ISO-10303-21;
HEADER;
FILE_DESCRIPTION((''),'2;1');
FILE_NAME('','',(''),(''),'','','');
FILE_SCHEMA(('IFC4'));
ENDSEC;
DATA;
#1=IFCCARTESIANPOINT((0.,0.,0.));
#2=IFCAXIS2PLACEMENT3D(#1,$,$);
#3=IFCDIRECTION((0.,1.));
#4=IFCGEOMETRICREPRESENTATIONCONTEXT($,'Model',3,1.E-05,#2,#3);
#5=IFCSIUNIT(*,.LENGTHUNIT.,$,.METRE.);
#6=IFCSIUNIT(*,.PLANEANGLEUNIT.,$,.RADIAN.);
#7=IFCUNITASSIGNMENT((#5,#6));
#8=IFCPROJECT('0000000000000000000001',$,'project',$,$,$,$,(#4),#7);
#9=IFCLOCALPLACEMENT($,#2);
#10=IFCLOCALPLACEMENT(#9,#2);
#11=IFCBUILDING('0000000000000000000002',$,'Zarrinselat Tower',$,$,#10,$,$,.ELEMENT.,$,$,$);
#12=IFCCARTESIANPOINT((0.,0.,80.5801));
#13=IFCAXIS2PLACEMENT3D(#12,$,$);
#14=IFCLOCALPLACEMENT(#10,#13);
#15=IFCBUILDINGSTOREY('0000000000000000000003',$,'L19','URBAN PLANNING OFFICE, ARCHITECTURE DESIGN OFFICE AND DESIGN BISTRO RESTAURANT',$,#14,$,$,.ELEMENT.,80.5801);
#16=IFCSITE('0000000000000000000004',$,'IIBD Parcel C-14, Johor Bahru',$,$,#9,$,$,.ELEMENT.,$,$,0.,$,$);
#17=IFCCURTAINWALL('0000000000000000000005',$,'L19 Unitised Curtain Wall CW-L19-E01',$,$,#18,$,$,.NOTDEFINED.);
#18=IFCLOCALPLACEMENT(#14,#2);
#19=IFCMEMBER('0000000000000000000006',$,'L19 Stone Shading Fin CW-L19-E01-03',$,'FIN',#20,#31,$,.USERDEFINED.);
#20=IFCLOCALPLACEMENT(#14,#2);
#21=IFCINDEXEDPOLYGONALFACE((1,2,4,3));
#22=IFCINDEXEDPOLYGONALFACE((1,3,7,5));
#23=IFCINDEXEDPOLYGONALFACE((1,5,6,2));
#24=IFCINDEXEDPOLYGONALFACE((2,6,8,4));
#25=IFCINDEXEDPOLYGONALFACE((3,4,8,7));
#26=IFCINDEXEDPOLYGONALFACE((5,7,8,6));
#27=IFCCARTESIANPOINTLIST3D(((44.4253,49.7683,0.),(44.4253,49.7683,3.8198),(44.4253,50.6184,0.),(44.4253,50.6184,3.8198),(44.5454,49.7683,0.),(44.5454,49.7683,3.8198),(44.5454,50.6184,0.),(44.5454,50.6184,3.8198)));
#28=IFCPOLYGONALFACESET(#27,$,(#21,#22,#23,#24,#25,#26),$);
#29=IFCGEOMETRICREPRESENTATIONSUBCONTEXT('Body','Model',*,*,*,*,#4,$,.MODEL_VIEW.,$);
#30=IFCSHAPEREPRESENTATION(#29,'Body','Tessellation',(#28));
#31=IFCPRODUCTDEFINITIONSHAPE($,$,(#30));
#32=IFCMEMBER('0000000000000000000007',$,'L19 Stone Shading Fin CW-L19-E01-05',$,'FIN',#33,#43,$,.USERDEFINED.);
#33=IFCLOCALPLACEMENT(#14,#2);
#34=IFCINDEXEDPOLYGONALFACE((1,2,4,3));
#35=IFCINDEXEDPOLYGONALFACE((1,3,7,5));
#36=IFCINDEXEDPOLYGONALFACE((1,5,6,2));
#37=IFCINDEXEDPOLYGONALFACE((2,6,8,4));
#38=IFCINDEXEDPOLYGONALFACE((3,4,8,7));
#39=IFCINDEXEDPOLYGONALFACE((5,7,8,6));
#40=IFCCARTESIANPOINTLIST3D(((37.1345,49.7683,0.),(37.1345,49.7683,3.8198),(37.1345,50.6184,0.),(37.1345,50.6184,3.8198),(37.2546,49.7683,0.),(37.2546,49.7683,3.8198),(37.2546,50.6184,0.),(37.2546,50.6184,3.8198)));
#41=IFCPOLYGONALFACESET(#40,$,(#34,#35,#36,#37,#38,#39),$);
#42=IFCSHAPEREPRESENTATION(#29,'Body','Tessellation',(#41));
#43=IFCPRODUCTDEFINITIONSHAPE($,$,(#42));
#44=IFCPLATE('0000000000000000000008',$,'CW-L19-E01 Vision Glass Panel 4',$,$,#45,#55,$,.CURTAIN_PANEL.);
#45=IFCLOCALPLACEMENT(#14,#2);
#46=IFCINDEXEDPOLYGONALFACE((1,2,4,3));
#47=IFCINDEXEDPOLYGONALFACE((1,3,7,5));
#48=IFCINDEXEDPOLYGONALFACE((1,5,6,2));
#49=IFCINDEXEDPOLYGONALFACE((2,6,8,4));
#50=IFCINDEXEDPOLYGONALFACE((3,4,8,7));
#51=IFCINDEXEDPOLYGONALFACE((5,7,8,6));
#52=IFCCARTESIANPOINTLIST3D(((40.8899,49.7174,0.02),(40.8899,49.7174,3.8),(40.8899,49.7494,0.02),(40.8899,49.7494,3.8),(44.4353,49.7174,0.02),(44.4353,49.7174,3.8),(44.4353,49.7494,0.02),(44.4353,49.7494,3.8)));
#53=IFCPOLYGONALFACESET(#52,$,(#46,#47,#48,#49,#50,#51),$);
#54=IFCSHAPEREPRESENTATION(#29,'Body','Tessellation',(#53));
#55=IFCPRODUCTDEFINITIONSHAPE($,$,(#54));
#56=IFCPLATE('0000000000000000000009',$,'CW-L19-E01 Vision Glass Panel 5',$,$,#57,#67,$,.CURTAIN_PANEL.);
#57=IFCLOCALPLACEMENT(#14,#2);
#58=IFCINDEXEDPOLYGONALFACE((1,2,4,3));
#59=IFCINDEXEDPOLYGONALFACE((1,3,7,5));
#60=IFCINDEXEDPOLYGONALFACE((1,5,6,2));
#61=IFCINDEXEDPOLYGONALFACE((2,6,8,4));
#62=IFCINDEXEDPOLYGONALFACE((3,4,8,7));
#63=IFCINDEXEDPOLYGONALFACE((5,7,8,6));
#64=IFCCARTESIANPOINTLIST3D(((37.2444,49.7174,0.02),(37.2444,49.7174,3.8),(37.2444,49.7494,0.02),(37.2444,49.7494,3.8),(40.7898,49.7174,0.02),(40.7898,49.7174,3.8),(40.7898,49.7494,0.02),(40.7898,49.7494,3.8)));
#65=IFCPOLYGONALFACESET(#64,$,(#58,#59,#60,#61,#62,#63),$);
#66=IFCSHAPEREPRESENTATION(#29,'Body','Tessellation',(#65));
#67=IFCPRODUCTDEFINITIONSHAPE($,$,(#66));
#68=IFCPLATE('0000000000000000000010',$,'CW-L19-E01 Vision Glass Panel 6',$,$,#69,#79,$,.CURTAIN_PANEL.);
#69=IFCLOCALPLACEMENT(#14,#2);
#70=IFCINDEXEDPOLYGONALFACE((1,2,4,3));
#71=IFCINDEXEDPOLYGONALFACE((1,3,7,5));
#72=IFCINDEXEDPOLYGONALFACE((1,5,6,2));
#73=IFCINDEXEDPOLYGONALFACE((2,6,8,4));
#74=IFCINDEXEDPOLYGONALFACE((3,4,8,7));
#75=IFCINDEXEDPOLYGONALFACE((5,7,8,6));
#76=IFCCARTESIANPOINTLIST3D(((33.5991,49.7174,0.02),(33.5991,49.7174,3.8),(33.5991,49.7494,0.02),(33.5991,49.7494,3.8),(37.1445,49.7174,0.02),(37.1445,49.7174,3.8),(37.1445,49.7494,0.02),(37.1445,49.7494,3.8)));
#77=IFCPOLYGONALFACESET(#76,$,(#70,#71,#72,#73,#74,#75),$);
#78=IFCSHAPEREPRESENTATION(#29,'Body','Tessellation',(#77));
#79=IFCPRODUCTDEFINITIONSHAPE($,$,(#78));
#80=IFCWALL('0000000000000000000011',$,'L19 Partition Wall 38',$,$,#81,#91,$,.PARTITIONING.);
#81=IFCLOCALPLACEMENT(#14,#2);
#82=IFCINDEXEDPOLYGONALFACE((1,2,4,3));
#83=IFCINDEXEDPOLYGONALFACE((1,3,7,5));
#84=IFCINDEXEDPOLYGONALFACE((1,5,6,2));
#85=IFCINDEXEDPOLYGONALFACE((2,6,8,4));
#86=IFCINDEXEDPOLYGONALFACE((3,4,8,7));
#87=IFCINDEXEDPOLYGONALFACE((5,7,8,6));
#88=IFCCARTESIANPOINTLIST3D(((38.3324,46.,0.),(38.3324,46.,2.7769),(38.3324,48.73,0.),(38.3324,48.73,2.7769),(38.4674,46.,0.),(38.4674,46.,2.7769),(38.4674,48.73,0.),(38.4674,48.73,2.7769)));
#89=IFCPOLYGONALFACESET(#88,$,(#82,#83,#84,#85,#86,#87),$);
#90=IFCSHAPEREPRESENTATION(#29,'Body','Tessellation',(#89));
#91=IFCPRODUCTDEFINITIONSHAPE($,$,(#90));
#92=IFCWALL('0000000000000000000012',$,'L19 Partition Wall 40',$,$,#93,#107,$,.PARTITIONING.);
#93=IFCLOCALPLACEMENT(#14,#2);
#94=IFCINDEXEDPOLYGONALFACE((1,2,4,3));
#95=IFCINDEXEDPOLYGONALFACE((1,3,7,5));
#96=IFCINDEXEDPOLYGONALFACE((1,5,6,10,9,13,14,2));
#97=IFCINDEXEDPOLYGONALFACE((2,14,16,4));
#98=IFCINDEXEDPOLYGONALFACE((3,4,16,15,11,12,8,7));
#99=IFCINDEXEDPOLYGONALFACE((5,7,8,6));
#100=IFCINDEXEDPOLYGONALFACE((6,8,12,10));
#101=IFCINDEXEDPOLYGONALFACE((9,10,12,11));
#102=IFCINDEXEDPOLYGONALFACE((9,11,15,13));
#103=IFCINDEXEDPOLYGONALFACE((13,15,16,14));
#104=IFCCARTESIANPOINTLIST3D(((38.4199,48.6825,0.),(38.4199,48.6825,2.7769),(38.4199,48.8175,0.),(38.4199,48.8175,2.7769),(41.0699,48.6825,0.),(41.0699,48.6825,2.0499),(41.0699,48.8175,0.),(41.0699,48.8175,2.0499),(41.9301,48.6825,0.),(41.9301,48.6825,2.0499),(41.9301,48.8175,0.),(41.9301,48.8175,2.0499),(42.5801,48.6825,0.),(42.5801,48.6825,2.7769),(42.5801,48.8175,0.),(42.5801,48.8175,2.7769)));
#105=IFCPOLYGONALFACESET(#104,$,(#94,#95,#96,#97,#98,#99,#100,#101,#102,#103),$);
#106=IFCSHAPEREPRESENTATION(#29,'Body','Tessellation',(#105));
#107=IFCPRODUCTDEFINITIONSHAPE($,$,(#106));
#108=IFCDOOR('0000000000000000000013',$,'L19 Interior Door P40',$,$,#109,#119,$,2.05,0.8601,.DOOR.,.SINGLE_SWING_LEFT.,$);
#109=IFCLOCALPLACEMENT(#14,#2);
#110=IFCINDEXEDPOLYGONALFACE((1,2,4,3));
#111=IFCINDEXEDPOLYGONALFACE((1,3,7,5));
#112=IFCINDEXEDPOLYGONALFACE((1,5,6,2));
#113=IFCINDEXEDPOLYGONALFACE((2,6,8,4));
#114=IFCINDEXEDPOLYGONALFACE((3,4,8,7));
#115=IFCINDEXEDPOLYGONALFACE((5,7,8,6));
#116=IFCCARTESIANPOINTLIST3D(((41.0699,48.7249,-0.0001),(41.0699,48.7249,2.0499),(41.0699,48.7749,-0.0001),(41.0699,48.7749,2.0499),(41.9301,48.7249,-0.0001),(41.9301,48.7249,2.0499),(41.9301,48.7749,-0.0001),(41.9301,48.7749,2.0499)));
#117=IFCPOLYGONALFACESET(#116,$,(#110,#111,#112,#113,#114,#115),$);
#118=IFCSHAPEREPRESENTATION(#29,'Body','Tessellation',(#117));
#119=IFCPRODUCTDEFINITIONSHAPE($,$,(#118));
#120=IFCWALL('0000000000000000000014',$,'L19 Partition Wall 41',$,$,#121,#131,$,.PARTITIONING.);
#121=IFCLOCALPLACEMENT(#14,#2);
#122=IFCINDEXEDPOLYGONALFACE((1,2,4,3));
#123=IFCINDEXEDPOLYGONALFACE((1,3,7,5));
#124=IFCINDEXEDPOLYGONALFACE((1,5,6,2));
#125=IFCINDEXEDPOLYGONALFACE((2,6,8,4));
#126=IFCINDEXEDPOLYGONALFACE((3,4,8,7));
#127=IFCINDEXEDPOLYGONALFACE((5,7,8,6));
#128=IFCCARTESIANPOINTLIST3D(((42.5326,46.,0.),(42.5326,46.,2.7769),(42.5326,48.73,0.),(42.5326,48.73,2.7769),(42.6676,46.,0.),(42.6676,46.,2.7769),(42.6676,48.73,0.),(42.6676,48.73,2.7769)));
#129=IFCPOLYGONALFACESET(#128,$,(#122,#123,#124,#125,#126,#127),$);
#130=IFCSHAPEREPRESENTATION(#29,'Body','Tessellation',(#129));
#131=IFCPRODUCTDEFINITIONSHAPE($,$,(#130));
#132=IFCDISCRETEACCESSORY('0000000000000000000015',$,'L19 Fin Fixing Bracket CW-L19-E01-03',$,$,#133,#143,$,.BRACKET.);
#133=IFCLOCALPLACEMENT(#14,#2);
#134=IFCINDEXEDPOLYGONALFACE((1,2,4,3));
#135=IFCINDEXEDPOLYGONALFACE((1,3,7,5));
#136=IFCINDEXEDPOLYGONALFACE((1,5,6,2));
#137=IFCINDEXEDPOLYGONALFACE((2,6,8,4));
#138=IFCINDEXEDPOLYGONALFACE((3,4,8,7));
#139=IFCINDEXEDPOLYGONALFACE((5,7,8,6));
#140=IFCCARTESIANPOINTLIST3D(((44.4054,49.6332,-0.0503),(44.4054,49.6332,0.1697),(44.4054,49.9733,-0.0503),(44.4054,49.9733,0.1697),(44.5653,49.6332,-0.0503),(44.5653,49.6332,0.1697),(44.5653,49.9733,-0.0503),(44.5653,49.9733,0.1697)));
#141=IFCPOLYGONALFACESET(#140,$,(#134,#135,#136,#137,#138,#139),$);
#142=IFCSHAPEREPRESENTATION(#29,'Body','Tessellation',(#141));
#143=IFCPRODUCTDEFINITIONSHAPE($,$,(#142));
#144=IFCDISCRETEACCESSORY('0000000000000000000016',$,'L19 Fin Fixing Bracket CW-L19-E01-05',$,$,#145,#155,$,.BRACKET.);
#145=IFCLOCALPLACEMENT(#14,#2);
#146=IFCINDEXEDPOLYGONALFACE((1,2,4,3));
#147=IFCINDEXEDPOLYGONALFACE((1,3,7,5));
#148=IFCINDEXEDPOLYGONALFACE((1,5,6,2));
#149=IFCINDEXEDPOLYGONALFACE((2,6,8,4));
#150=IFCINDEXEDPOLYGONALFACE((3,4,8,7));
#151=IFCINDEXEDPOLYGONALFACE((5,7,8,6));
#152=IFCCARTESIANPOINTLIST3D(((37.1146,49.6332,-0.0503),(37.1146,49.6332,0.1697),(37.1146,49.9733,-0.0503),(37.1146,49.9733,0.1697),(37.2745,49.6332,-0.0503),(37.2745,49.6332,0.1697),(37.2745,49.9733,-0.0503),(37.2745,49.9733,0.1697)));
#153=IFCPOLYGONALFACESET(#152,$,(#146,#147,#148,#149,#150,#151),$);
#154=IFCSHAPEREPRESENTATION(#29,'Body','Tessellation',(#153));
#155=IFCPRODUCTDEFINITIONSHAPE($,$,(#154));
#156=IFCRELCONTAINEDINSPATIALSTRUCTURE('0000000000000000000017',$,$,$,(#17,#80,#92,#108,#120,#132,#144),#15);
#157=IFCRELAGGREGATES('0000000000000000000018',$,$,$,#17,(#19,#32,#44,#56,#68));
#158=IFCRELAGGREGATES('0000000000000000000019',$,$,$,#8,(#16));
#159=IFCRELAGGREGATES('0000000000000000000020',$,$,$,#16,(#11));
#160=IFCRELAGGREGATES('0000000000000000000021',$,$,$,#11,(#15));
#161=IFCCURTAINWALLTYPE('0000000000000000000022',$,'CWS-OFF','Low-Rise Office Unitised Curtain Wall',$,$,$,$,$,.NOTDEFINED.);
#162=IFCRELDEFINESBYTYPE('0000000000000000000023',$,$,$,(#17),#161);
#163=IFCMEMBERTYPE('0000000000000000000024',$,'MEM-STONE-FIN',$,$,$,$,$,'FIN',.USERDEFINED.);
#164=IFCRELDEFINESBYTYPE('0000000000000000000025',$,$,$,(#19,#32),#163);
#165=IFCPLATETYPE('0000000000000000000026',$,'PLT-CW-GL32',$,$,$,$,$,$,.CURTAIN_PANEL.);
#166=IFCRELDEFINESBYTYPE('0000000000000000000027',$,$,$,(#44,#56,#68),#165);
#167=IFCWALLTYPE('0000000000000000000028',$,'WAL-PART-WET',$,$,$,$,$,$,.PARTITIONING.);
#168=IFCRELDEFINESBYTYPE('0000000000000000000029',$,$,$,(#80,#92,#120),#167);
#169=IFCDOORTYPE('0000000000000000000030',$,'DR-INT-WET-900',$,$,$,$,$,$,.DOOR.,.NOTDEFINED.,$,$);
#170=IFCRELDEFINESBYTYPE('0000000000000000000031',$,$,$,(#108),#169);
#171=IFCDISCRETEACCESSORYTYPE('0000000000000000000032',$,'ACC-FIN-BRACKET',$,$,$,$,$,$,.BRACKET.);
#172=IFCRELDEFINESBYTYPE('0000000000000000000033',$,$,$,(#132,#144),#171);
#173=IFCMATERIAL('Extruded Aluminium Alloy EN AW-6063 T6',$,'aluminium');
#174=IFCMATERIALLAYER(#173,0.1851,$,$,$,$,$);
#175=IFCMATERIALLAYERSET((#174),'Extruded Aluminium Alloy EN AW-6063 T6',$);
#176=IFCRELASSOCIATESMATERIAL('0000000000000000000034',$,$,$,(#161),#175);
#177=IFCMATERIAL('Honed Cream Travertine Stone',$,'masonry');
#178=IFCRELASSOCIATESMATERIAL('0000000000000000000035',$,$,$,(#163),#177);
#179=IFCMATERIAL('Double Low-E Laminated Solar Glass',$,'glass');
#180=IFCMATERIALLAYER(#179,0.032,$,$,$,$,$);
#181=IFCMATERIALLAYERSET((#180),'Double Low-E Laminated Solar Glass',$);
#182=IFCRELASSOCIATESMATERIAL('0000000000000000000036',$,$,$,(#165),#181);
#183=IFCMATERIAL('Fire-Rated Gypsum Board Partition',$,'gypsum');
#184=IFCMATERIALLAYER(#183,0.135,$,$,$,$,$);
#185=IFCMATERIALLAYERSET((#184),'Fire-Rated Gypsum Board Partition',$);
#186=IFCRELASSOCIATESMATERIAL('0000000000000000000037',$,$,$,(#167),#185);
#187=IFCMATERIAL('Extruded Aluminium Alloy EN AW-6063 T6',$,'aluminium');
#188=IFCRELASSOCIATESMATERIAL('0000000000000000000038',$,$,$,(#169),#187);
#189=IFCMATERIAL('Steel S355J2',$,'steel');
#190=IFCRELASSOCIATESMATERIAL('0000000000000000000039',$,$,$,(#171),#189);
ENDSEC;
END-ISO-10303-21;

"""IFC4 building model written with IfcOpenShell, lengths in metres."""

from ifc_helpers import new_model, si_unit, direction, frame, frame_2d, origin, origin_2d, place, context, subcontext, project, spatial, rectangle, extrude, material, layer, layer_set, material_profile, profile_set, type_object, element, fill, aggregate, save


model = new_model("IFC4")

# Units and contexts
model_context = context("Model", 3, precision=1e-05, world=origin(), true_north=direction((0.0, 1.0)))
body_context = subcontext(model_context, "Body", "Model", "MODEL_VIEW")
ifc_project = project(units=[si_unit("LENGTHUNIT", "METRE"), si_unit("PLANEANGLEUNIT", "RADIAN")], contexts=[model_context])

# Site, building, storey
site_placement = place(None, origin())
site = spatial("IfcSite", under=ifc_project, at=site_placement, Name="IIBD Parcel C-14, Johor Bahru", CompositionType="ELEMENT", RefElevation=0.0)
building_placement = place(site_placement, origin())
building = spatial("IfcBuilding", under=site, at=building_placement, Name="Zarrinselat Tower", CompositionType="ELEMENT")
storey_placement = place(building_placement, frame((0.0, 0.0, 80.5801)))
storey = spatial("IfcBuildingStorey", under=building, at=storey_placement, Name="L19", Description="URBAN PLANNING OFFICE, ARCHITECTURE DESIGN OFFICE AND DESIGN BISTRO RESTAURANT", CompositionType="ELEMENT", Elevation=80.5801)

# Curtain wall, members, plates
ifc_material_1 = material(Name="Extruded Aluminium Alloy EN AW-6063 T6", Category="aluminium")
ifc_layer_1 = layer(ifc_material_1, 0.1851)
ifc_layer_set_1 = layer_set([ifc_layer_1], Name="Extruded Aluminium Alloy EN AW-6063 T6")
curtain_wall_type = type_object("IfcCurtainWallType", Name="CWS-OFF", Description="Low-Rise Office Unitised Curtain Wall", PredefinedType="NOTDEFINED", material=ifc_layer_set_1)
curtain_wall_placement = place(storey_placement, origin())
curtain_wall = element("IfcCurtainWall", 1, at=curtain_wall_placement, inside=storey, type_object=curtain_wall_type, Name="L19 Unitised Curtain Wall CW-L19-E01", PredefinedType="NOTDEFINED")
ifc_material_2 = material(Name="Honed Cream Travertine Stone", Category="masonry")
ifc_material_profile_1 = material_profile(ifc_material_2, rectangle(XDim=0.1201, YDim=0.8501, at=origin_2d()), Name="FIN 850x120")
ifc_profile_set_1 = profile_set([ifc_material_profile_1], Name="Honed Cream Travertine Stone")
member_type_1 = type_object("IfcMemberType", Name="MEM-STONE-FIN", ElementType="FIN", PredefinedType="USERDEFINED", material=ifc_profile_set_1)
member_1_placement = place(storey_placement, frame((44.4854, 50.1934, 0.0), z_axis=(0.0, 0.0, 1.0), x_axis=(1.0, 0.0, 0.0)))
member_1 = element("IfcMember", 2, at=member_1_placement, type_object=member_type_1, Name="L19 Stone Shading Fin CW-L19-E01-03", ObjectType="FIN", PredefinedType="USERDEFINED", context=body_context, shape_type="SweptSolid", body=[
    extrude(rectangle(XDim=0.1201, YDim=0.8501, at=origin_2d()), origin(), (0.0, 0.0, 1.0), 3.8198),
])
member_2_placement = place(storey_placement, frame((37.1946, 50.1934, 0.0), z_axis=(0.0, 0.0, 1.0), x_axis=(1.0, 0.0, 0.0)))
member_2 = element("IfcMember", 3, at=member_2_placement, type_object=member_type_1, Name="L19 Stone Shading Fin CW-L19-E01-05", ObjectType="FIN", PredefinedType="USERDEFINED", context=body_context, shape_type="SweptSolid", body=[
    extrude(rectangle(XDim=0.1201, YDim=0.8501, at=origin_2d()), origin(), (0.0, 0.0, 1.0), 3.8198),
])
ifc_material_3 = material(Name="Double Low-E Laminated Solar Glass", Category="glass")
ifc_layer_2 = layer(ifc_material_3, 0.032)
ifc_layer_set_2 = layer_set([ifc_layer_2], Name="Double Low-E Laminated Solar Glass")
plate_type = type_object("IfcPlateType", Name="PLT-CW-GL32", PredefinedType="CURTAIN_PANEL", material=ifc_layer_set_2)
plate_1_placement = place(storey_placement, frame((42.6626, 49.7334, 0.02), z_axis=(0.0, 0.0, 1.0), x_axis=(-1.0, 0.0, 0.0)))
plate_1 = element("IfcPlate", 4, at=plate_1_placement, type_object=plate_type, Name="CW-L19-E01 Vision Glass Panel 4", PredefinedType="CURTAIN_PANEL", context=body_context, shape_type="SweptSolid", body=[
    extrude(rectangle(XDim=3.5454, YDim=0.032, at=origin_2d()), origin(), (0.0, 0.0, 1.0), 3.78),
])
plate_2_placement = place(storey_placement, frame((39.0171, 49.7334, 0.02), z_axis=(0.0, 0.0, 1.0), x_axis=(-1.0, 0.0, 0.0)))
plate_2 = element("IfcPlate", 5, at=plate_2_placement, type_object=plate_type, Name="CW-L19-E01 Vision Glass Panel 5", PredefinedType="CURTAIN_PANEL", context=body_context, shape_type="SweptSolid", body=[
    extrude(rectangle(XDim=3.5454, YDim=0.032, at=origin_2d()), origin(), (0.0, 0.0, 1.0), 3.78),
])
plate_3_placement = place(storey_placement, frame((35.3718, 49.7334, 0.02), z_axis=(0.0, 0.0, 1.0), x_axis=(-1.0, 0.0, 0.0)))
plate_3 = element("IfcPlate", 6, at=plate_3_placement, type_object=plate_type, Name="CW-L19-E01 Vision Glass Panel 6", PredefinedType="CURTAIN_PANEL", context=body_context, shape_type="SweptSolid", body=[
    extrude(rectangle(XDim=3.5454, YDim=0.032, at=origin_2d()), origin(), (0.0, 0.0, 1.0), 3.78),
])
aggregate(curtain_wall, [member_1, member_2, plate_1, plate_2, plate_3])

# Wall
ifc_material_4 = material(Name="Fire-Rated Gypsum Board Partition", Category="gypsum")
ifc_layer_3 = layer(ifc_material_4, 0.135)
ifc_layer_set_3 = layer_set([ifc_layer_3], Name="Fire-Rated Gypsum Board Partition")
wall_type = type_object("IfcWallType", Name="WAL-PART-WET", PredefinedType="PARTITIONING", material=ifc_layer_set_3)
wall_1_placement = place(storey_placement, frame((38.3999, 46.0, 0.0), z_axis=(0.0, 0.0, 1.0), x_axis=(0.0, 1.0, 0.0)))
element("IfcWall", 7, at=wall_1_placement, inside=storey, type_object=wall_type, Name="L19 Partition Wall 38", PredefinedType="PARTITIONING", context=body_context, shape_type="SweptSolid", body=[
    extrude(rectangle(XDim=2.73, YDim=0.135, at=frame_2d((1.365, 0.0))), origin(), (0.0, 0.0, 1.0), 2.7769),
])

# Wall, opening, door
wall_2_placement = place(storey_placement, frame((38.4199, 48.75, 0.0), z_axis=(0.0, 0.0, 1.0), x_axis=(1.0, 0.0, 0.0)))
wall_2 = element("IfcWall", 8, at=wall_2_placement, inside=storey, type_object=wall_type, Name="L19 Partition Wall 40", PredefinedType="PARTITIONING", context=body_context, shape_type="SweptSolid", body=[
    extrude(rectangle(XDim=4.1602, YDim=0.135, at=frame_2d((2.0801, 0.0))), origin(), (0.0, 0.0, 1.0), 2.7769),
])
opening_placement = place(wall_2_placement, frame((2.6499, 0.0, 0.0)))
opening = element("IfcOpeningElement", 9, at=opening_placement, cuts=wall_2, PredefinedType="OPENING", context=body_context, shape_type="SweptSolid", body=[
    extrude(rectangle(XDim=0.8601, YDim=2.05, at=frame_2d((0.4302, 1.0249))), frame((0.0, 0.0774, 0.0), z_axis=(0.0, -1.0, 0.0), x_axis=(1.0, 0.0, 0.0)), (0.0, 0.0, 1.0), 0.155),
])
ifc_material_5 = material(Name="Extruded Aluminium Alloy EN AW-6063 T6", Category="aluminium")
door_type = type_object("IfcDoorType", Name="DR-INT-WET-900", OperationType="NOTDEFINED", PredefinedType="DOOR", material=ifc_material_5)
door_placement = place(opening_placement, origin())
door = element("IfcDoor", 10, at=door_placement, inside=storey, type_object=door_type, Name="L19 Interior Door P40", OperationType="SINGLE_SWING_LEFT", OverallHeight=2.05, OverallWidth=0.8601, PredefinedType="DOOR", context=body_context, shape_type="SweptSolid", body=[
    extrude(rectangle(XDim=0.8601, YDim=2.05, at=frame_2d((0.4302, 1.0249))), frame((0.0, 0.0249, 0.0), z_axis=(0.0, -1.0, 0.0), x_axis=(1.0, 0.0, 0.0)), (0.0, 0.0, 1.0), 0.05),
])
fill(opening, door)

# Wall
wall_3_placement = place(storey_placement, frame((42.6001, 46.0, 0.0), z_axis=(0.0, 0.0, 1.0), x_axis=(0.0, 1.0, 0.0)))
element("IfcWall", 11, at=wall_3_placement, inside=storey, type_object=wall_type, Name="L19 Partition Wall 41", PredefinedType="PARTITIONING", context=body_context, shape_type="SweptSolid", body=[
    extrude(rectangle(XDim=2.73, YDim=0.135, at=frame_2d((1.365, 0.0))), origin(), (0.0, 0.0, 1.0), 2.7769),
])

# Discrete accessories
ifc_material_6 = material(Name="Steel S355J2", Category="steel")
discrete_accessory_type = type_object("IfcDiscreteAccessoryType", Name="ACC-FIN-BRACKET", PredefinedType="BRACKET", material=ifc_material_6)
for number, where, z_axis, x_axis, name in (
    (12, (44.4854, 49.8032, -0.0503), (0.0, 0.0, 1.0), (0.0, 1.0, 0.0), "L19 Fin Fixing Bracket CW-L19-E01-03"),
    (13, (37.1946, 49.8032, -0.0503), (0.0, 0.0, 1.0), (0.0, 1.0, 0.0), "L19 Fin Fixing Bracket CW-L19-E01-05"),
):
    element("IfcDiscreteAccessory", number, at=place(storey_placement, frame(where, z_axis=z_axis, x_axis=x_axis)), inside=storey, type_object=discrete_accessory_type, Name=name, PredefinedType="BRACKET", context=body_context, shape_type="SweptSolid", body=[
        extrude(rectangle(XDim=0.3401, YDim=0.1599, at=origin_2d()), origin(), (0.0, 0.0, 1.0), 0.22),
    ])

save(model, "model.ifc")
